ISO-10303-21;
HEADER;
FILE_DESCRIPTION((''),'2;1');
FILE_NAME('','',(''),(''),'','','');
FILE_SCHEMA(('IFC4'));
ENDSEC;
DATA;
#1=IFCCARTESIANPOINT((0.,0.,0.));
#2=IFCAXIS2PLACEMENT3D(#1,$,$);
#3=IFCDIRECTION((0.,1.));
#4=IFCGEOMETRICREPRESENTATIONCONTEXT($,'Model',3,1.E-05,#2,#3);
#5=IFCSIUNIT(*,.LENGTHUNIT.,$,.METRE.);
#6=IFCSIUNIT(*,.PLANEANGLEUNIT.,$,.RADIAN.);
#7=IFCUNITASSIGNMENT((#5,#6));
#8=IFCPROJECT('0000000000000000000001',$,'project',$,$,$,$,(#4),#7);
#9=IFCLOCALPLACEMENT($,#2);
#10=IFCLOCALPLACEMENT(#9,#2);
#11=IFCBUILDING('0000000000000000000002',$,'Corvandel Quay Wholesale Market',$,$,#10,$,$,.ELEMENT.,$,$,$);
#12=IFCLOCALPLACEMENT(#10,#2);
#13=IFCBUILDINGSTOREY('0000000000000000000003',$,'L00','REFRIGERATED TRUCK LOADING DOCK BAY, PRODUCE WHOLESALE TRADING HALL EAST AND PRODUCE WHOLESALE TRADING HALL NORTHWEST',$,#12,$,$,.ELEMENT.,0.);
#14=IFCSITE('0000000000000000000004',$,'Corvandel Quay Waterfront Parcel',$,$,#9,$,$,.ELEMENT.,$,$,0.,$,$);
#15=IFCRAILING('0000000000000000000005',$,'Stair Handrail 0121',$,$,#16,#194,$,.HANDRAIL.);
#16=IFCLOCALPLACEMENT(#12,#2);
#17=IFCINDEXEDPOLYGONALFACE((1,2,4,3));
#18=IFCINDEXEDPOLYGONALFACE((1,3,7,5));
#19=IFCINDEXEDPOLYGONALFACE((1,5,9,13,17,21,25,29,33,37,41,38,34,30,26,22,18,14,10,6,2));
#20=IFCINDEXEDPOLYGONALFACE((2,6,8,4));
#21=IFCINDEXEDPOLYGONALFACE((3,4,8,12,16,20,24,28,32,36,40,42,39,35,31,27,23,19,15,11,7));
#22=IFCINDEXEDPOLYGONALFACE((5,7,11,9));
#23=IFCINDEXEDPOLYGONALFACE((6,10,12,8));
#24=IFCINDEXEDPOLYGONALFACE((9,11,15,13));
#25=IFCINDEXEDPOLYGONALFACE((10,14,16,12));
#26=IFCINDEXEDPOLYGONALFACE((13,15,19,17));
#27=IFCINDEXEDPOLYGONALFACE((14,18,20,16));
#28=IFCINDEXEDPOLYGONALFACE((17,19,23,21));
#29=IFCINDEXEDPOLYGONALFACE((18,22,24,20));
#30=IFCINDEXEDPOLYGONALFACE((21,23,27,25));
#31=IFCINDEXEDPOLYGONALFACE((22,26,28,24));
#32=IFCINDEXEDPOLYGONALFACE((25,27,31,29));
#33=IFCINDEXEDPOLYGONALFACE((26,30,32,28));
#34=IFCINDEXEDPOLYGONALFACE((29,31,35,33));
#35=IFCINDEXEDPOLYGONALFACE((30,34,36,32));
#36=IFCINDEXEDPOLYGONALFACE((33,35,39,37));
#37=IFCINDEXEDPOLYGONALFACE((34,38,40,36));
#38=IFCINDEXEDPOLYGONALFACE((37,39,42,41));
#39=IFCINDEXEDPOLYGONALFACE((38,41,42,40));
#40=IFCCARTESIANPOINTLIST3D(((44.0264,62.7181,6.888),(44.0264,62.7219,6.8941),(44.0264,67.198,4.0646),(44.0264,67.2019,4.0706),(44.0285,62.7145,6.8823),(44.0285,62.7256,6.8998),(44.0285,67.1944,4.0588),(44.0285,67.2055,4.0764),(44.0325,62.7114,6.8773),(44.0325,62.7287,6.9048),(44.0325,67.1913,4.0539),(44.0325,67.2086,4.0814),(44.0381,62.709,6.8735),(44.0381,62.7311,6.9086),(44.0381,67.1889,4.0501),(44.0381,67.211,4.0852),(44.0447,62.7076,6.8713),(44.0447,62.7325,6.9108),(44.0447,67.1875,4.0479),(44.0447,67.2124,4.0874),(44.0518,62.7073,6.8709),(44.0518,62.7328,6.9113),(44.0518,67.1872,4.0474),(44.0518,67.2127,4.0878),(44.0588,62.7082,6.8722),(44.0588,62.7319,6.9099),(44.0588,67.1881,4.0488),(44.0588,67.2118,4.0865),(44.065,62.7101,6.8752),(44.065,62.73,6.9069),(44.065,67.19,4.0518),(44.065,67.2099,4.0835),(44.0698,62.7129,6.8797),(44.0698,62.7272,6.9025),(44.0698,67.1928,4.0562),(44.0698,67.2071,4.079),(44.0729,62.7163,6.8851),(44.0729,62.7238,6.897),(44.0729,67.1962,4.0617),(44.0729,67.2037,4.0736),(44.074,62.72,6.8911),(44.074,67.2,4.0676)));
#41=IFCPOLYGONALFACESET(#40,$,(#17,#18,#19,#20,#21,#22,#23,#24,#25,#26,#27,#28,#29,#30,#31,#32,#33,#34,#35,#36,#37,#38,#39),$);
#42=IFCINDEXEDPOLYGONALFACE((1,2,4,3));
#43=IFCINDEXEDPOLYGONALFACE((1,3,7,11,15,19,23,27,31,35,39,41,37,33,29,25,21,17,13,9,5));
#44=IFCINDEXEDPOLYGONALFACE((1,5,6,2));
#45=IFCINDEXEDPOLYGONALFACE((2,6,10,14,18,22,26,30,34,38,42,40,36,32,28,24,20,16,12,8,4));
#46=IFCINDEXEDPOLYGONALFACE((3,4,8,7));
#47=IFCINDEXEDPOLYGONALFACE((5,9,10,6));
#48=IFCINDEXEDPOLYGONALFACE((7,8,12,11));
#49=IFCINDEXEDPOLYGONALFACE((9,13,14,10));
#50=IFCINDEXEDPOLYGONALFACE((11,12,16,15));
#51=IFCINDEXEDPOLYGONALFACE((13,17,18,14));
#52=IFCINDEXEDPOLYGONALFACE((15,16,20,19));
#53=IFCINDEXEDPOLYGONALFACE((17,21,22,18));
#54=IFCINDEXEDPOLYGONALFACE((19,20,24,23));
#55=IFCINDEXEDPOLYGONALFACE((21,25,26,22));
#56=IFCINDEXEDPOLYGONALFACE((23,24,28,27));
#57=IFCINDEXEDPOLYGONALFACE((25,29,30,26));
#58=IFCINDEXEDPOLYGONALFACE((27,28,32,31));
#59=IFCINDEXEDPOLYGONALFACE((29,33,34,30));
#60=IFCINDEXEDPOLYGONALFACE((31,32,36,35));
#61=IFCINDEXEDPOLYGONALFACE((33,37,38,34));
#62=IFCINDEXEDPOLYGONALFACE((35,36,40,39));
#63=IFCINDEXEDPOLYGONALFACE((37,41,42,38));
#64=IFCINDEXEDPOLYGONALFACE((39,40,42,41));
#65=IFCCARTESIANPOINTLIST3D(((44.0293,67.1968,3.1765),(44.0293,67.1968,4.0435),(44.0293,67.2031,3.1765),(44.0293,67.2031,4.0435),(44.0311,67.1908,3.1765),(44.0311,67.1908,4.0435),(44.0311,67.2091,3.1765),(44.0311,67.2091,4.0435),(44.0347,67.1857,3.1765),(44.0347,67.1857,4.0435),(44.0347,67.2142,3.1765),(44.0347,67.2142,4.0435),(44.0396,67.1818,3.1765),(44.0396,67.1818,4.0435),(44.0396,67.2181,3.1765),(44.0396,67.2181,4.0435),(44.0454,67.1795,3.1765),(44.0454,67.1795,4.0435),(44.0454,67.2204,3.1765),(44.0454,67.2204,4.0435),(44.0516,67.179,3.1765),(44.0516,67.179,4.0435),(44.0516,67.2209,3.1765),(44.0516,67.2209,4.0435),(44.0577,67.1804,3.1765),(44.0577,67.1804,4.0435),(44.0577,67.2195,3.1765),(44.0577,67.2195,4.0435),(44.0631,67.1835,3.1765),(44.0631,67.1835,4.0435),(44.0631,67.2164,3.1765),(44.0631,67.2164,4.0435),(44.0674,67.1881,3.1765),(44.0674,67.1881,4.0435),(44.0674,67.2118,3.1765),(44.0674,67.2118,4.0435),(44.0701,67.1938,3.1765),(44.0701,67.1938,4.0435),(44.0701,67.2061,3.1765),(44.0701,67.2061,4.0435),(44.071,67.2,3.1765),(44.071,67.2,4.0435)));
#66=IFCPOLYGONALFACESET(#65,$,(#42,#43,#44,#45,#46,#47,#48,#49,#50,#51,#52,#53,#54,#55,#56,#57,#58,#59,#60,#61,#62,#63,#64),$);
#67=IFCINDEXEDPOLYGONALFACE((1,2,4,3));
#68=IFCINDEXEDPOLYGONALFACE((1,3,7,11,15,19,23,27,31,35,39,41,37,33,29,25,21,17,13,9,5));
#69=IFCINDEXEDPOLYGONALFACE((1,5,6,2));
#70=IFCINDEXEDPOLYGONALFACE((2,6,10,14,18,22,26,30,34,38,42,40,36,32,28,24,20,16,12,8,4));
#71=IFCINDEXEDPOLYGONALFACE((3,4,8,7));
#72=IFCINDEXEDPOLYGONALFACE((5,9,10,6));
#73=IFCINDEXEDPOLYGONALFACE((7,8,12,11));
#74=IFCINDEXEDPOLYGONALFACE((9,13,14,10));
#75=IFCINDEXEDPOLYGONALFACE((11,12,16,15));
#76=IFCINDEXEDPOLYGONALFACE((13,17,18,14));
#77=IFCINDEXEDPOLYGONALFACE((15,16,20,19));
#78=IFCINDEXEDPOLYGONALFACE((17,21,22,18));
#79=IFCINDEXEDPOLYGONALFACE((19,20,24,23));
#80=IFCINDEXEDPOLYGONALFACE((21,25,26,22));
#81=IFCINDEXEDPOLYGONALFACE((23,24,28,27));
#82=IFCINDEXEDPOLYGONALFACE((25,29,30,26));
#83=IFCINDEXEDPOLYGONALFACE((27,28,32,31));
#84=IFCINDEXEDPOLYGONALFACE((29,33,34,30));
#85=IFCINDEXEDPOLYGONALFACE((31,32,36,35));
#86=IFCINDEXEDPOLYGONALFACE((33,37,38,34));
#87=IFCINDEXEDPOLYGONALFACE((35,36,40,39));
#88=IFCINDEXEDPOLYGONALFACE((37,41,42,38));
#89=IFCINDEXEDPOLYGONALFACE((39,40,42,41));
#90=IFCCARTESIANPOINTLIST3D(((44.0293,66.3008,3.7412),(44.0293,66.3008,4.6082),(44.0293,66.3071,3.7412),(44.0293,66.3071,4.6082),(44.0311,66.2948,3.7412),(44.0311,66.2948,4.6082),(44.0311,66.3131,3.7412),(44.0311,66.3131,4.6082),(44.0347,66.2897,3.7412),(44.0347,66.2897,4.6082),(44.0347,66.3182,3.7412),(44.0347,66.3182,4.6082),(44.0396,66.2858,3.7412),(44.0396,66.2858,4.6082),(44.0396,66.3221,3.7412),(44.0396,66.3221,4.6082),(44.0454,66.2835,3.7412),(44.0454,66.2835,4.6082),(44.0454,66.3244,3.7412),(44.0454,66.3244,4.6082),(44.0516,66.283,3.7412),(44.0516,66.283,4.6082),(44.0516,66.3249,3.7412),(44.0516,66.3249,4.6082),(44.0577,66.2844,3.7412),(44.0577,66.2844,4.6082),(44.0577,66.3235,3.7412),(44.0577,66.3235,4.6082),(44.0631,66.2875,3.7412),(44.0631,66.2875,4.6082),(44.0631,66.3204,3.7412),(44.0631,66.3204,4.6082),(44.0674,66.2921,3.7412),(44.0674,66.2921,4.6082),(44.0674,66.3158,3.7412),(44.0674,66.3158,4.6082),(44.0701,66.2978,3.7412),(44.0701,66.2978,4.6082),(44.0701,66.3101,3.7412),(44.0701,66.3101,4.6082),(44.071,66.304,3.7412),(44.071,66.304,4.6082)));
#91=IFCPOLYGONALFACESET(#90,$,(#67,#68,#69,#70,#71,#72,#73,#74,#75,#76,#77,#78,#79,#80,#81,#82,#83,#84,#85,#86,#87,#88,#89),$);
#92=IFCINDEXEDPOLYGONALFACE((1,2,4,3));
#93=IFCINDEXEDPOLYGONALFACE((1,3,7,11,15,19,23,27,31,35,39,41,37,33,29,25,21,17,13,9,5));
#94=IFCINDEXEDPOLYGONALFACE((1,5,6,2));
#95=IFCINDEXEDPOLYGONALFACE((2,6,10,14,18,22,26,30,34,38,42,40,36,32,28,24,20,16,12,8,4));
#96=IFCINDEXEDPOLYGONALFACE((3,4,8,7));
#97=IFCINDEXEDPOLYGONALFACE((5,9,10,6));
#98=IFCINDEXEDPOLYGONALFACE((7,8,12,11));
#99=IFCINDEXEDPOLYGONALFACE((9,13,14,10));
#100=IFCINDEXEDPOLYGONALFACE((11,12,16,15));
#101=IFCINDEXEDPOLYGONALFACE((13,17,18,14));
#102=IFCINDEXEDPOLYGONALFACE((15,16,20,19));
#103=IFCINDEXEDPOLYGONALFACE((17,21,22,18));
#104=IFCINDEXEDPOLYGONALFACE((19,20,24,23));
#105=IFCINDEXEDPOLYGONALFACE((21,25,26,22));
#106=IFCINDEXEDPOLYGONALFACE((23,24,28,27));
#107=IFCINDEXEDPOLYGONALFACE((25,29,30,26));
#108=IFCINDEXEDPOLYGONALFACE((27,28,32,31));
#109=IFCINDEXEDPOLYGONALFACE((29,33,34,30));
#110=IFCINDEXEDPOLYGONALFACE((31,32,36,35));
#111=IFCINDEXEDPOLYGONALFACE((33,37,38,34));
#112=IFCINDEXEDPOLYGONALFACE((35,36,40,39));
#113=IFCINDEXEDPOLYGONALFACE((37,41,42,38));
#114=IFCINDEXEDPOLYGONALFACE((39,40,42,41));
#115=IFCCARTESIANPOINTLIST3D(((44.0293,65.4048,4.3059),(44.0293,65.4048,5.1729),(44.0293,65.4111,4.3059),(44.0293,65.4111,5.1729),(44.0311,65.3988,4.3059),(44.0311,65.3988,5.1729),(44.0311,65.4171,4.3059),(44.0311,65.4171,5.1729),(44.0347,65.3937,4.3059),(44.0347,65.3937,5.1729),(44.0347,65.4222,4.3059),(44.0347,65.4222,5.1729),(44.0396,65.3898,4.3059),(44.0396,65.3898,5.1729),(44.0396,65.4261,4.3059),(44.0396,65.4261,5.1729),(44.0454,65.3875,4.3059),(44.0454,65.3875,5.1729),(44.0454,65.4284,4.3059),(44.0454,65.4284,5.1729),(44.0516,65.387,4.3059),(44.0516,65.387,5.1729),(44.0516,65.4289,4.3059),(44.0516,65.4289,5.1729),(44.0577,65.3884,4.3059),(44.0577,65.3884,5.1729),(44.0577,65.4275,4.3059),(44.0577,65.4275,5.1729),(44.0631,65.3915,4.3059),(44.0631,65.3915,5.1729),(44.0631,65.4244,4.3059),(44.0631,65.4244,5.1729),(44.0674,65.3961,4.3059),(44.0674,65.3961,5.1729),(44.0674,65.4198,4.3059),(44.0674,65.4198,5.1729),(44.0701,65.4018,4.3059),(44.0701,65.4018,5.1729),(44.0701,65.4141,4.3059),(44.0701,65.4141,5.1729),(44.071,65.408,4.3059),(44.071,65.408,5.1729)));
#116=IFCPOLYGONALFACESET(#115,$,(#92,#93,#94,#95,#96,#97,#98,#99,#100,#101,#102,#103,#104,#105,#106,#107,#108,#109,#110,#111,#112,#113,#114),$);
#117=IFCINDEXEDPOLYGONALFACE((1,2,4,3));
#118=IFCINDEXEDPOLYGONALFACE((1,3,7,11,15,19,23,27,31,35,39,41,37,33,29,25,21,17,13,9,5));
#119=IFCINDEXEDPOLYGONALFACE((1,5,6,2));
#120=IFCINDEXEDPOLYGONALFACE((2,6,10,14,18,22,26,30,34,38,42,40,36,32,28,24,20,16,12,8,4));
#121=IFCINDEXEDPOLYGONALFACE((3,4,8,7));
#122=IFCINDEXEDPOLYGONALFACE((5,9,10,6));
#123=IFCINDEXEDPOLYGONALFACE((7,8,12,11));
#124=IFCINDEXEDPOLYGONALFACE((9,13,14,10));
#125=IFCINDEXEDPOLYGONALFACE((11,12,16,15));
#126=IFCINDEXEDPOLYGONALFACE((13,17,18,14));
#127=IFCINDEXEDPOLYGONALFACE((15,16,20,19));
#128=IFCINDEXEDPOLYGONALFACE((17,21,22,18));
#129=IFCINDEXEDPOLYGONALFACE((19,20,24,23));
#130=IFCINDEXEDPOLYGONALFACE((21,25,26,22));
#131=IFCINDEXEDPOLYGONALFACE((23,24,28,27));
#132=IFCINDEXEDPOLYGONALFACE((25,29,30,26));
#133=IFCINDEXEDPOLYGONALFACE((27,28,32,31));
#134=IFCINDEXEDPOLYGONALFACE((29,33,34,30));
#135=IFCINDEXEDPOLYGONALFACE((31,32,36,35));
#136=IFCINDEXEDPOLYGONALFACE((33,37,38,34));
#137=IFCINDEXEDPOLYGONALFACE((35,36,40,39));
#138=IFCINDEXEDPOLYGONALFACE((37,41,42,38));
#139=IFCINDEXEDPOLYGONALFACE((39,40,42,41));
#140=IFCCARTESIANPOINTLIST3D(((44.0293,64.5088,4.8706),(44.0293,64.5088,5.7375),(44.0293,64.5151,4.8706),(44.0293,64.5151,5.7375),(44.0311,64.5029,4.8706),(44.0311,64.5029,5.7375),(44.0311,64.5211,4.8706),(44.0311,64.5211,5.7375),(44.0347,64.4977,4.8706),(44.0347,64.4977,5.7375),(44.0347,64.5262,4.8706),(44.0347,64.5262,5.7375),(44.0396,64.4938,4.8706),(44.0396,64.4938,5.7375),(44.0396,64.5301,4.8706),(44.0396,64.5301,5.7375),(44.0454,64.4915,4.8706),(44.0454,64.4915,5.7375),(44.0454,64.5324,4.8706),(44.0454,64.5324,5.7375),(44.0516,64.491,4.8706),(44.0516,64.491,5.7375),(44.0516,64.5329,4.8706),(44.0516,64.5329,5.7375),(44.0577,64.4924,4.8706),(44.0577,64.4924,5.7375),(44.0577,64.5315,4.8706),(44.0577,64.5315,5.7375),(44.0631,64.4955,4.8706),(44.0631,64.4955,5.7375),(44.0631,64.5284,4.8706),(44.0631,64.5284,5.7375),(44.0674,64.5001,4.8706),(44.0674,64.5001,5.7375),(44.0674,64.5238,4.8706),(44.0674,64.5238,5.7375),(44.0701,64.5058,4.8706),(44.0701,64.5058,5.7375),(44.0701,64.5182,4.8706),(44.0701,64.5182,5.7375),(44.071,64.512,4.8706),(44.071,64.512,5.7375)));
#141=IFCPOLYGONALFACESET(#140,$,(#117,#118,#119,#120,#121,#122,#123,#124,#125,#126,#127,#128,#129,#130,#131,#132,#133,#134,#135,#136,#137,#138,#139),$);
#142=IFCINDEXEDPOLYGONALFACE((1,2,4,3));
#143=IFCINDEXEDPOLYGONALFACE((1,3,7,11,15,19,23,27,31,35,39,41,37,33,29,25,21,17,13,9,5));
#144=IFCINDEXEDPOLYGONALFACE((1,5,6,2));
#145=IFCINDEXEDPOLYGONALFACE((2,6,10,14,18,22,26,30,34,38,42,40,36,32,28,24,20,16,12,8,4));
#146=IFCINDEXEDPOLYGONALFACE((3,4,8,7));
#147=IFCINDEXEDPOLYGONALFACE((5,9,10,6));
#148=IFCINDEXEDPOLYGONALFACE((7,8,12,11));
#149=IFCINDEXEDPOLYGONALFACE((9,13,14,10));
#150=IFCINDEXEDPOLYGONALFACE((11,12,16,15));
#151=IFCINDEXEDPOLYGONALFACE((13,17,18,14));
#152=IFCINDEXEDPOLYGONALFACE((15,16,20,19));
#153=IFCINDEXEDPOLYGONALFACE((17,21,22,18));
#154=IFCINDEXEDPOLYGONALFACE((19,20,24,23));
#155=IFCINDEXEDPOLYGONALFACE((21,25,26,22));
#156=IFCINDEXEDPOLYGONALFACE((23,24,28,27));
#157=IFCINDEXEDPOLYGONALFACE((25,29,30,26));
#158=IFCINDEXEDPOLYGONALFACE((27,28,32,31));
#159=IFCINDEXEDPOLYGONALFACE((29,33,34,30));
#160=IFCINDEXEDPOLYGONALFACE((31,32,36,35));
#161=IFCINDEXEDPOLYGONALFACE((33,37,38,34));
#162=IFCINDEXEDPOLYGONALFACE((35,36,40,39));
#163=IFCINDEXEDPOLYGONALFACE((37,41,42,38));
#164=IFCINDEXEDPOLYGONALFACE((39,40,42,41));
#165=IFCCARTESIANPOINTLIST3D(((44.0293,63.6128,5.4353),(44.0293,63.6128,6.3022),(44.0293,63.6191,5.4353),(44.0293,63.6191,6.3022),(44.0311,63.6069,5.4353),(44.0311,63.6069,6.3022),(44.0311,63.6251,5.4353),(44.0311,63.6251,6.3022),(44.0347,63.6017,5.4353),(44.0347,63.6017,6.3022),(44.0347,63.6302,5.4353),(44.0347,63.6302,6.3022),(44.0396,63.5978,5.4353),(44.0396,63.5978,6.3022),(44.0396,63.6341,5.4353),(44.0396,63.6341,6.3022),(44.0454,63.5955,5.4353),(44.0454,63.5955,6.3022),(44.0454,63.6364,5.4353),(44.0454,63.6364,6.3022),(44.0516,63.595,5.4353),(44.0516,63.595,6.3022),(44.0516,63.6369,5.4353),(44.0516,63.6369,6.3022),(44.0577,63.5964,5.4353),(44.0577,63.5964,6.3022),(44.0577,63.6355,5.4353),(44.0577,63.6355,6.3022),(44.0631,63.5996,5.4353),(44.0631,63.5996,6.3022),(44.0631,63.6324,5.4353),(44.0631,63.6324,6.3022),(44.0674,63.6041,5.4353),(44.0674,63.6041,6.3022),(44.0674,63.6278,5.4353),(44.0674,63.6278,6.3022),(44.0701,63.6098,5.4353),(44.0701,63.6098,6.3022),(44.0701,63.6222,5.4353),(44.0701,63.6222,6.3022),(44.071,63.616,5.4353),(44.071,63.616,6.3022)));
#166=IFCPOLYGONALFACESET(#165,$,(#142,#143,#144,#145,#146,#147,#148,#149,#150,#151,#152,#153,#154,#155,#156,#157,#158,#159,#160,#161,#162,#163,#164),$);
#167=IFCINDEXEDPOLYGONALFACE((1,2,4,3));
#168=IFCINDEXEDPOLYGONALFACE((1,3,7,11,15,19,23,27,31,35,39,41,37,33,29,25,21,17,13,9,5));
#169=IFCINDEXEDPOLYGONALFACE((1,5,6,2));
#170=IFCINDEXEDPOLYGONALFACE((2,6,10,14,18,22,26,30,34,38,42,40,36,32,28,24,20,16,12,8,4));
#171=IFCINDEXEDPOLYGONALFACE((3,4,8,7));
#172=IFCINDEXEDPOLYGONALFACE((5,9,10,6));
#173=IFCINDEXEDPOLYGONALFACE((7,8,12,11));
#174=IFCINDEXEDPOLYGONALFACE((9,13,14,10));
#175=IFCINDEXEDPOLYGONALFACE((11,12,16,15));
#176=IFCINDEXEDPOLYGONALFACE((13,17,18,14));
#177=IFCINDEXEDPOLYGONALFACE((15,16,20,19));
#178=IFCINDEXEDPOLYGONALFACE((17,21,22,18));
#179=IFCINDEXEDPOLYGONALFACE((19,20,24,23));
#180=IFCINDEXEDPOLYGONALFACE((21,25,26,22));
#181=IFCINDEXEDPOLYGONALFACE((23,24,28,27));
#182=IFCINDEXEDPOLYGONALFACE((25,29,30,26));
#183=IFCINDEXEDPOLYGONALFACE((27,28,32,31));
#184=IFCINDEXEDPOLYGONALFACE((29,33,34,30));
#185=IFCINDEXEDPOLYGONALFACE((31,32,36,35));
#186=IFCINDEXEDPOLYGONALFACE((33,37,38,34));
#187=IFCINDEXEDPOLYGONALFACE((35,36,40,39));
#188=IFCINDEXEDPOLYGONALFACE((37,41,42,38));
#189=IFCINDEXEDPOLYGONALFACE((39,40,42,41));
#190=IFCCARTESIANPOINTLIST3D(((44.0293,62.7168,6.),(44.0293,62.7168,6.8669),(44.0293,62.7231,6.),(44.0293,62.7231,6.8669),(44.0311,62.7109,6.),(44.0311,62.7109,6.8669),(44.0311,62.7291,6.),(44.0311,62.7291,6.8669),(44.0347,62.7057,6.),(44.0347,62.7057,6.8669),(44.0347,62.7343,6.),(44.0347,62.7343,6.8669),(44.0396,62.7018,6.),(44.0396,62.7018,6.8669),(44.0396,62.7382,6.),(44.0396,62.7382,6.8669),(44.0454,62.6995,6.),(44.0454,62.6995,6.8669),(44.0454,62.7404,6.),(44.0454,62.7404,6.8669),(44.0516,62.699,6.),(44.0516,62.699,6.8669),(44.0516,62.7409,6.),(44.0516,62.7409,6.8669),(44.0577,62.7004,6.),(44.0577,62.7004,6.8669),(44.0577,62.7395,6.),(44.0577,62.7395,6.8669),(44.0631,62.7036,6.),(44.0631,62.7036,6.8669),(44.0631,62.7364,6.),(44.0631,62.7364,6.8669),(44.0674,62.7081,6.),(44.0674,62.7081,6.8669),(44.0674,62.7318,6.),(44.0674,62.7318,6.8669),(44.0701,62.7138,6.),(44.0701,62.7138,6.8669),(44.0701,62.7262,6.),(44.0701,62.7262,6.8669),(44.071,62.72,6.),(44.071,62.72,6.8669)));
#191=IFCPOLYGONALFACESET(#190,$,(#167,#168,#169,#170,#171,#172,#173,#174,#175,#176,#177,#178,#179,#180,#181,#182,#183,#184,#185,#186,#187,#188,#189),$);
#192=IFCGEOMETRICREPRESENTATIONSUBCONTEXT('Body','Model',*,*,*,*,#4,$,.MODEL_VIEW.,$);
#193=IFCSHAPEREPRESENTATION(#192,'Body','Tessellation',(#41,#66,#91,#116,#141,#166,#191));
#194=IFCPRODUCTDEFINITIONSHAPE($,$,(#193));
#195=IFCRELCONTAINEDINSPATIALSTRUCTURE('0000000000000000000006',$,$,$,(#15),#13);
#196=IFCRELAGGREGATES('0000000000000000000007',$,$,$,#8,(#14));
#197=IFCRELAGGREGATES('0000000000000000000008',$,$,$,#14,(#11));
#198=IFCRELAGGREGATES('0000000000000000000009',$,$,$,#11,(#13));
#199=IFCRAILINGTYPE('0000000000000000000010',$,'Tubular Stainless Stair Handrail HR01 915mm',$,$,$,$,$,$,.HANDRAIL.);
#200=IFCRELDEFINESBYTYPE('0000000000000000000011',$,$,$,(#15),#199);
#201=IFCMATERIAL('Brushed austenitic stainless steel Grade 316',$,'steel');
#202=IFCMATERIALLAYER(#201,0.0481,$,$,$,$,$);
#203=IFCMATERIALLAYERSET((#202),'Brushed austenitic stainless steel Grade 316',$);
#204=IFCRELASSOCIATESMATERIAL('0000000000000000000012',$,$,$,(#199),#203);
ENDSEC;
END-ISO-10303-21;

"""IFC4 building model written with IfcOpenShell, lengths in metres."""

from ifc_helpers import new_model, si_unit, direction, frame, origin, origin_2d, place, context, subcontext, project, spatial, circle, extrude, material, layer, layer_set, type_object, element, save


model = new_model("IFC4")

# Units and contexts
model_context = context("Model", 3, precision=1e-05, world=origin(), true_north=direction((0.0, 1.0)))
body_context = subcontext(model_context, "Body", "Model", "MODEL_VIEW")
ifc_project = project(units=[si_unit("LENGTHUNIT", "METRE"), si_unit("PLANEANGLEUNIT", "RADIAN")], contexts=[model_context])

# Site, building, storey
site_placement = place(None, origin())
site = spatial("IfcSite", under=ifc_project, at=site_placement, Name="Corvandel Quay Waterfront Parcel", CompositionType="ELEMENT", RefElevation=0.0)
building_placement = place(site_placement, origin())
building = spatial("IfcBuilding", under=site, at=building_placement, Name="Corvandel Quay Wholesale Market", CompositionType="ELEMENT")
storey_placement = place(building_placement, origin())
storey = spatial("IfcBuildingStorey", under=building, at=storey_placement, Name="L00", Description="REFRIGERATED TRUCK LOADING DOCK BAY, PRODUCE WHOLESALE TRADING HALL EAST AND PRODUCE WHOLESALE TRADING HALL NORTHWEST", CompositionType="ELEMENT", Elevation=0.0)

# Railing
ifc_material_1 = material(Name="Brushed austenitic stainless steel Grade 316", Category="steel")
ifc_layer_1 = layer(ifc_material_1, 0.0481)
ifc_layer_set_1 = layer_set([ifc_layer_1], Name="Brushed austenitic stainless steel Grade 316")
railing_type_1 = type_object("IfcRailingType", Name="Tubular Stainless Stair Handrail HR01 915mm", PredefinedType="HANDRAIL", material=ifc_layer_set_1)
for number, where, name in (
    (1, (44.05, 67.2, 3.1765), "Stair Handrail 0121"),
):
    element("IfcRailing", number, at=place(storey_placement, frame(where)), inside=storey, type_object=railing_type_1, Name=name, PredefinedType="HANDRAIL", context=body_context, shape_type="SweptSolid", body=[
        extrude(circle(Radius=0.0239, at=origin_2d()), frame((0.0, 0.0, 0.8911), z_axis=(0.0, -0.845998, 0.533186), x_axis=(1.0, 0.0, 0.0)), (0.0, 0.0, 1.0), 5.2954),
        extrude(circle(Radius=0.021, at=origin_2d()), origin(), (0.0, 0.0, 1.0), 0.8669),
        extrude(circle(Radius=0.021, at=origin_2d()), frame((0.0, -0.896, 0.5647)), (0.0, 0.0, 1.0), 0.8669),
        extrude(circle(Radius=0.021, at=origin_2d()), frame((0.0, -1.792, 1.1294)), (0.0, 0.0, 1.0), 0.8669),
        extrude(circle(Radius=0.021, at=origin_2d()), frame((0.0, -2.688, 1.6941)), (0.0, 0.0, 1.0), 0.8669),
        extrude(circle(Radius=0.021, at=origin_2d()), frame((0.0, -3.584, 2.2588)), (0.0, 0.0, 1.0), 0.8669),
        extrude(circle(Radius=0.021, at=origin_2d()), frame((0.0, -4.48, 2.8235)), (0.0, 0.0, 1.0), 0.8669),
    ])

save(model, "model.ifc")
